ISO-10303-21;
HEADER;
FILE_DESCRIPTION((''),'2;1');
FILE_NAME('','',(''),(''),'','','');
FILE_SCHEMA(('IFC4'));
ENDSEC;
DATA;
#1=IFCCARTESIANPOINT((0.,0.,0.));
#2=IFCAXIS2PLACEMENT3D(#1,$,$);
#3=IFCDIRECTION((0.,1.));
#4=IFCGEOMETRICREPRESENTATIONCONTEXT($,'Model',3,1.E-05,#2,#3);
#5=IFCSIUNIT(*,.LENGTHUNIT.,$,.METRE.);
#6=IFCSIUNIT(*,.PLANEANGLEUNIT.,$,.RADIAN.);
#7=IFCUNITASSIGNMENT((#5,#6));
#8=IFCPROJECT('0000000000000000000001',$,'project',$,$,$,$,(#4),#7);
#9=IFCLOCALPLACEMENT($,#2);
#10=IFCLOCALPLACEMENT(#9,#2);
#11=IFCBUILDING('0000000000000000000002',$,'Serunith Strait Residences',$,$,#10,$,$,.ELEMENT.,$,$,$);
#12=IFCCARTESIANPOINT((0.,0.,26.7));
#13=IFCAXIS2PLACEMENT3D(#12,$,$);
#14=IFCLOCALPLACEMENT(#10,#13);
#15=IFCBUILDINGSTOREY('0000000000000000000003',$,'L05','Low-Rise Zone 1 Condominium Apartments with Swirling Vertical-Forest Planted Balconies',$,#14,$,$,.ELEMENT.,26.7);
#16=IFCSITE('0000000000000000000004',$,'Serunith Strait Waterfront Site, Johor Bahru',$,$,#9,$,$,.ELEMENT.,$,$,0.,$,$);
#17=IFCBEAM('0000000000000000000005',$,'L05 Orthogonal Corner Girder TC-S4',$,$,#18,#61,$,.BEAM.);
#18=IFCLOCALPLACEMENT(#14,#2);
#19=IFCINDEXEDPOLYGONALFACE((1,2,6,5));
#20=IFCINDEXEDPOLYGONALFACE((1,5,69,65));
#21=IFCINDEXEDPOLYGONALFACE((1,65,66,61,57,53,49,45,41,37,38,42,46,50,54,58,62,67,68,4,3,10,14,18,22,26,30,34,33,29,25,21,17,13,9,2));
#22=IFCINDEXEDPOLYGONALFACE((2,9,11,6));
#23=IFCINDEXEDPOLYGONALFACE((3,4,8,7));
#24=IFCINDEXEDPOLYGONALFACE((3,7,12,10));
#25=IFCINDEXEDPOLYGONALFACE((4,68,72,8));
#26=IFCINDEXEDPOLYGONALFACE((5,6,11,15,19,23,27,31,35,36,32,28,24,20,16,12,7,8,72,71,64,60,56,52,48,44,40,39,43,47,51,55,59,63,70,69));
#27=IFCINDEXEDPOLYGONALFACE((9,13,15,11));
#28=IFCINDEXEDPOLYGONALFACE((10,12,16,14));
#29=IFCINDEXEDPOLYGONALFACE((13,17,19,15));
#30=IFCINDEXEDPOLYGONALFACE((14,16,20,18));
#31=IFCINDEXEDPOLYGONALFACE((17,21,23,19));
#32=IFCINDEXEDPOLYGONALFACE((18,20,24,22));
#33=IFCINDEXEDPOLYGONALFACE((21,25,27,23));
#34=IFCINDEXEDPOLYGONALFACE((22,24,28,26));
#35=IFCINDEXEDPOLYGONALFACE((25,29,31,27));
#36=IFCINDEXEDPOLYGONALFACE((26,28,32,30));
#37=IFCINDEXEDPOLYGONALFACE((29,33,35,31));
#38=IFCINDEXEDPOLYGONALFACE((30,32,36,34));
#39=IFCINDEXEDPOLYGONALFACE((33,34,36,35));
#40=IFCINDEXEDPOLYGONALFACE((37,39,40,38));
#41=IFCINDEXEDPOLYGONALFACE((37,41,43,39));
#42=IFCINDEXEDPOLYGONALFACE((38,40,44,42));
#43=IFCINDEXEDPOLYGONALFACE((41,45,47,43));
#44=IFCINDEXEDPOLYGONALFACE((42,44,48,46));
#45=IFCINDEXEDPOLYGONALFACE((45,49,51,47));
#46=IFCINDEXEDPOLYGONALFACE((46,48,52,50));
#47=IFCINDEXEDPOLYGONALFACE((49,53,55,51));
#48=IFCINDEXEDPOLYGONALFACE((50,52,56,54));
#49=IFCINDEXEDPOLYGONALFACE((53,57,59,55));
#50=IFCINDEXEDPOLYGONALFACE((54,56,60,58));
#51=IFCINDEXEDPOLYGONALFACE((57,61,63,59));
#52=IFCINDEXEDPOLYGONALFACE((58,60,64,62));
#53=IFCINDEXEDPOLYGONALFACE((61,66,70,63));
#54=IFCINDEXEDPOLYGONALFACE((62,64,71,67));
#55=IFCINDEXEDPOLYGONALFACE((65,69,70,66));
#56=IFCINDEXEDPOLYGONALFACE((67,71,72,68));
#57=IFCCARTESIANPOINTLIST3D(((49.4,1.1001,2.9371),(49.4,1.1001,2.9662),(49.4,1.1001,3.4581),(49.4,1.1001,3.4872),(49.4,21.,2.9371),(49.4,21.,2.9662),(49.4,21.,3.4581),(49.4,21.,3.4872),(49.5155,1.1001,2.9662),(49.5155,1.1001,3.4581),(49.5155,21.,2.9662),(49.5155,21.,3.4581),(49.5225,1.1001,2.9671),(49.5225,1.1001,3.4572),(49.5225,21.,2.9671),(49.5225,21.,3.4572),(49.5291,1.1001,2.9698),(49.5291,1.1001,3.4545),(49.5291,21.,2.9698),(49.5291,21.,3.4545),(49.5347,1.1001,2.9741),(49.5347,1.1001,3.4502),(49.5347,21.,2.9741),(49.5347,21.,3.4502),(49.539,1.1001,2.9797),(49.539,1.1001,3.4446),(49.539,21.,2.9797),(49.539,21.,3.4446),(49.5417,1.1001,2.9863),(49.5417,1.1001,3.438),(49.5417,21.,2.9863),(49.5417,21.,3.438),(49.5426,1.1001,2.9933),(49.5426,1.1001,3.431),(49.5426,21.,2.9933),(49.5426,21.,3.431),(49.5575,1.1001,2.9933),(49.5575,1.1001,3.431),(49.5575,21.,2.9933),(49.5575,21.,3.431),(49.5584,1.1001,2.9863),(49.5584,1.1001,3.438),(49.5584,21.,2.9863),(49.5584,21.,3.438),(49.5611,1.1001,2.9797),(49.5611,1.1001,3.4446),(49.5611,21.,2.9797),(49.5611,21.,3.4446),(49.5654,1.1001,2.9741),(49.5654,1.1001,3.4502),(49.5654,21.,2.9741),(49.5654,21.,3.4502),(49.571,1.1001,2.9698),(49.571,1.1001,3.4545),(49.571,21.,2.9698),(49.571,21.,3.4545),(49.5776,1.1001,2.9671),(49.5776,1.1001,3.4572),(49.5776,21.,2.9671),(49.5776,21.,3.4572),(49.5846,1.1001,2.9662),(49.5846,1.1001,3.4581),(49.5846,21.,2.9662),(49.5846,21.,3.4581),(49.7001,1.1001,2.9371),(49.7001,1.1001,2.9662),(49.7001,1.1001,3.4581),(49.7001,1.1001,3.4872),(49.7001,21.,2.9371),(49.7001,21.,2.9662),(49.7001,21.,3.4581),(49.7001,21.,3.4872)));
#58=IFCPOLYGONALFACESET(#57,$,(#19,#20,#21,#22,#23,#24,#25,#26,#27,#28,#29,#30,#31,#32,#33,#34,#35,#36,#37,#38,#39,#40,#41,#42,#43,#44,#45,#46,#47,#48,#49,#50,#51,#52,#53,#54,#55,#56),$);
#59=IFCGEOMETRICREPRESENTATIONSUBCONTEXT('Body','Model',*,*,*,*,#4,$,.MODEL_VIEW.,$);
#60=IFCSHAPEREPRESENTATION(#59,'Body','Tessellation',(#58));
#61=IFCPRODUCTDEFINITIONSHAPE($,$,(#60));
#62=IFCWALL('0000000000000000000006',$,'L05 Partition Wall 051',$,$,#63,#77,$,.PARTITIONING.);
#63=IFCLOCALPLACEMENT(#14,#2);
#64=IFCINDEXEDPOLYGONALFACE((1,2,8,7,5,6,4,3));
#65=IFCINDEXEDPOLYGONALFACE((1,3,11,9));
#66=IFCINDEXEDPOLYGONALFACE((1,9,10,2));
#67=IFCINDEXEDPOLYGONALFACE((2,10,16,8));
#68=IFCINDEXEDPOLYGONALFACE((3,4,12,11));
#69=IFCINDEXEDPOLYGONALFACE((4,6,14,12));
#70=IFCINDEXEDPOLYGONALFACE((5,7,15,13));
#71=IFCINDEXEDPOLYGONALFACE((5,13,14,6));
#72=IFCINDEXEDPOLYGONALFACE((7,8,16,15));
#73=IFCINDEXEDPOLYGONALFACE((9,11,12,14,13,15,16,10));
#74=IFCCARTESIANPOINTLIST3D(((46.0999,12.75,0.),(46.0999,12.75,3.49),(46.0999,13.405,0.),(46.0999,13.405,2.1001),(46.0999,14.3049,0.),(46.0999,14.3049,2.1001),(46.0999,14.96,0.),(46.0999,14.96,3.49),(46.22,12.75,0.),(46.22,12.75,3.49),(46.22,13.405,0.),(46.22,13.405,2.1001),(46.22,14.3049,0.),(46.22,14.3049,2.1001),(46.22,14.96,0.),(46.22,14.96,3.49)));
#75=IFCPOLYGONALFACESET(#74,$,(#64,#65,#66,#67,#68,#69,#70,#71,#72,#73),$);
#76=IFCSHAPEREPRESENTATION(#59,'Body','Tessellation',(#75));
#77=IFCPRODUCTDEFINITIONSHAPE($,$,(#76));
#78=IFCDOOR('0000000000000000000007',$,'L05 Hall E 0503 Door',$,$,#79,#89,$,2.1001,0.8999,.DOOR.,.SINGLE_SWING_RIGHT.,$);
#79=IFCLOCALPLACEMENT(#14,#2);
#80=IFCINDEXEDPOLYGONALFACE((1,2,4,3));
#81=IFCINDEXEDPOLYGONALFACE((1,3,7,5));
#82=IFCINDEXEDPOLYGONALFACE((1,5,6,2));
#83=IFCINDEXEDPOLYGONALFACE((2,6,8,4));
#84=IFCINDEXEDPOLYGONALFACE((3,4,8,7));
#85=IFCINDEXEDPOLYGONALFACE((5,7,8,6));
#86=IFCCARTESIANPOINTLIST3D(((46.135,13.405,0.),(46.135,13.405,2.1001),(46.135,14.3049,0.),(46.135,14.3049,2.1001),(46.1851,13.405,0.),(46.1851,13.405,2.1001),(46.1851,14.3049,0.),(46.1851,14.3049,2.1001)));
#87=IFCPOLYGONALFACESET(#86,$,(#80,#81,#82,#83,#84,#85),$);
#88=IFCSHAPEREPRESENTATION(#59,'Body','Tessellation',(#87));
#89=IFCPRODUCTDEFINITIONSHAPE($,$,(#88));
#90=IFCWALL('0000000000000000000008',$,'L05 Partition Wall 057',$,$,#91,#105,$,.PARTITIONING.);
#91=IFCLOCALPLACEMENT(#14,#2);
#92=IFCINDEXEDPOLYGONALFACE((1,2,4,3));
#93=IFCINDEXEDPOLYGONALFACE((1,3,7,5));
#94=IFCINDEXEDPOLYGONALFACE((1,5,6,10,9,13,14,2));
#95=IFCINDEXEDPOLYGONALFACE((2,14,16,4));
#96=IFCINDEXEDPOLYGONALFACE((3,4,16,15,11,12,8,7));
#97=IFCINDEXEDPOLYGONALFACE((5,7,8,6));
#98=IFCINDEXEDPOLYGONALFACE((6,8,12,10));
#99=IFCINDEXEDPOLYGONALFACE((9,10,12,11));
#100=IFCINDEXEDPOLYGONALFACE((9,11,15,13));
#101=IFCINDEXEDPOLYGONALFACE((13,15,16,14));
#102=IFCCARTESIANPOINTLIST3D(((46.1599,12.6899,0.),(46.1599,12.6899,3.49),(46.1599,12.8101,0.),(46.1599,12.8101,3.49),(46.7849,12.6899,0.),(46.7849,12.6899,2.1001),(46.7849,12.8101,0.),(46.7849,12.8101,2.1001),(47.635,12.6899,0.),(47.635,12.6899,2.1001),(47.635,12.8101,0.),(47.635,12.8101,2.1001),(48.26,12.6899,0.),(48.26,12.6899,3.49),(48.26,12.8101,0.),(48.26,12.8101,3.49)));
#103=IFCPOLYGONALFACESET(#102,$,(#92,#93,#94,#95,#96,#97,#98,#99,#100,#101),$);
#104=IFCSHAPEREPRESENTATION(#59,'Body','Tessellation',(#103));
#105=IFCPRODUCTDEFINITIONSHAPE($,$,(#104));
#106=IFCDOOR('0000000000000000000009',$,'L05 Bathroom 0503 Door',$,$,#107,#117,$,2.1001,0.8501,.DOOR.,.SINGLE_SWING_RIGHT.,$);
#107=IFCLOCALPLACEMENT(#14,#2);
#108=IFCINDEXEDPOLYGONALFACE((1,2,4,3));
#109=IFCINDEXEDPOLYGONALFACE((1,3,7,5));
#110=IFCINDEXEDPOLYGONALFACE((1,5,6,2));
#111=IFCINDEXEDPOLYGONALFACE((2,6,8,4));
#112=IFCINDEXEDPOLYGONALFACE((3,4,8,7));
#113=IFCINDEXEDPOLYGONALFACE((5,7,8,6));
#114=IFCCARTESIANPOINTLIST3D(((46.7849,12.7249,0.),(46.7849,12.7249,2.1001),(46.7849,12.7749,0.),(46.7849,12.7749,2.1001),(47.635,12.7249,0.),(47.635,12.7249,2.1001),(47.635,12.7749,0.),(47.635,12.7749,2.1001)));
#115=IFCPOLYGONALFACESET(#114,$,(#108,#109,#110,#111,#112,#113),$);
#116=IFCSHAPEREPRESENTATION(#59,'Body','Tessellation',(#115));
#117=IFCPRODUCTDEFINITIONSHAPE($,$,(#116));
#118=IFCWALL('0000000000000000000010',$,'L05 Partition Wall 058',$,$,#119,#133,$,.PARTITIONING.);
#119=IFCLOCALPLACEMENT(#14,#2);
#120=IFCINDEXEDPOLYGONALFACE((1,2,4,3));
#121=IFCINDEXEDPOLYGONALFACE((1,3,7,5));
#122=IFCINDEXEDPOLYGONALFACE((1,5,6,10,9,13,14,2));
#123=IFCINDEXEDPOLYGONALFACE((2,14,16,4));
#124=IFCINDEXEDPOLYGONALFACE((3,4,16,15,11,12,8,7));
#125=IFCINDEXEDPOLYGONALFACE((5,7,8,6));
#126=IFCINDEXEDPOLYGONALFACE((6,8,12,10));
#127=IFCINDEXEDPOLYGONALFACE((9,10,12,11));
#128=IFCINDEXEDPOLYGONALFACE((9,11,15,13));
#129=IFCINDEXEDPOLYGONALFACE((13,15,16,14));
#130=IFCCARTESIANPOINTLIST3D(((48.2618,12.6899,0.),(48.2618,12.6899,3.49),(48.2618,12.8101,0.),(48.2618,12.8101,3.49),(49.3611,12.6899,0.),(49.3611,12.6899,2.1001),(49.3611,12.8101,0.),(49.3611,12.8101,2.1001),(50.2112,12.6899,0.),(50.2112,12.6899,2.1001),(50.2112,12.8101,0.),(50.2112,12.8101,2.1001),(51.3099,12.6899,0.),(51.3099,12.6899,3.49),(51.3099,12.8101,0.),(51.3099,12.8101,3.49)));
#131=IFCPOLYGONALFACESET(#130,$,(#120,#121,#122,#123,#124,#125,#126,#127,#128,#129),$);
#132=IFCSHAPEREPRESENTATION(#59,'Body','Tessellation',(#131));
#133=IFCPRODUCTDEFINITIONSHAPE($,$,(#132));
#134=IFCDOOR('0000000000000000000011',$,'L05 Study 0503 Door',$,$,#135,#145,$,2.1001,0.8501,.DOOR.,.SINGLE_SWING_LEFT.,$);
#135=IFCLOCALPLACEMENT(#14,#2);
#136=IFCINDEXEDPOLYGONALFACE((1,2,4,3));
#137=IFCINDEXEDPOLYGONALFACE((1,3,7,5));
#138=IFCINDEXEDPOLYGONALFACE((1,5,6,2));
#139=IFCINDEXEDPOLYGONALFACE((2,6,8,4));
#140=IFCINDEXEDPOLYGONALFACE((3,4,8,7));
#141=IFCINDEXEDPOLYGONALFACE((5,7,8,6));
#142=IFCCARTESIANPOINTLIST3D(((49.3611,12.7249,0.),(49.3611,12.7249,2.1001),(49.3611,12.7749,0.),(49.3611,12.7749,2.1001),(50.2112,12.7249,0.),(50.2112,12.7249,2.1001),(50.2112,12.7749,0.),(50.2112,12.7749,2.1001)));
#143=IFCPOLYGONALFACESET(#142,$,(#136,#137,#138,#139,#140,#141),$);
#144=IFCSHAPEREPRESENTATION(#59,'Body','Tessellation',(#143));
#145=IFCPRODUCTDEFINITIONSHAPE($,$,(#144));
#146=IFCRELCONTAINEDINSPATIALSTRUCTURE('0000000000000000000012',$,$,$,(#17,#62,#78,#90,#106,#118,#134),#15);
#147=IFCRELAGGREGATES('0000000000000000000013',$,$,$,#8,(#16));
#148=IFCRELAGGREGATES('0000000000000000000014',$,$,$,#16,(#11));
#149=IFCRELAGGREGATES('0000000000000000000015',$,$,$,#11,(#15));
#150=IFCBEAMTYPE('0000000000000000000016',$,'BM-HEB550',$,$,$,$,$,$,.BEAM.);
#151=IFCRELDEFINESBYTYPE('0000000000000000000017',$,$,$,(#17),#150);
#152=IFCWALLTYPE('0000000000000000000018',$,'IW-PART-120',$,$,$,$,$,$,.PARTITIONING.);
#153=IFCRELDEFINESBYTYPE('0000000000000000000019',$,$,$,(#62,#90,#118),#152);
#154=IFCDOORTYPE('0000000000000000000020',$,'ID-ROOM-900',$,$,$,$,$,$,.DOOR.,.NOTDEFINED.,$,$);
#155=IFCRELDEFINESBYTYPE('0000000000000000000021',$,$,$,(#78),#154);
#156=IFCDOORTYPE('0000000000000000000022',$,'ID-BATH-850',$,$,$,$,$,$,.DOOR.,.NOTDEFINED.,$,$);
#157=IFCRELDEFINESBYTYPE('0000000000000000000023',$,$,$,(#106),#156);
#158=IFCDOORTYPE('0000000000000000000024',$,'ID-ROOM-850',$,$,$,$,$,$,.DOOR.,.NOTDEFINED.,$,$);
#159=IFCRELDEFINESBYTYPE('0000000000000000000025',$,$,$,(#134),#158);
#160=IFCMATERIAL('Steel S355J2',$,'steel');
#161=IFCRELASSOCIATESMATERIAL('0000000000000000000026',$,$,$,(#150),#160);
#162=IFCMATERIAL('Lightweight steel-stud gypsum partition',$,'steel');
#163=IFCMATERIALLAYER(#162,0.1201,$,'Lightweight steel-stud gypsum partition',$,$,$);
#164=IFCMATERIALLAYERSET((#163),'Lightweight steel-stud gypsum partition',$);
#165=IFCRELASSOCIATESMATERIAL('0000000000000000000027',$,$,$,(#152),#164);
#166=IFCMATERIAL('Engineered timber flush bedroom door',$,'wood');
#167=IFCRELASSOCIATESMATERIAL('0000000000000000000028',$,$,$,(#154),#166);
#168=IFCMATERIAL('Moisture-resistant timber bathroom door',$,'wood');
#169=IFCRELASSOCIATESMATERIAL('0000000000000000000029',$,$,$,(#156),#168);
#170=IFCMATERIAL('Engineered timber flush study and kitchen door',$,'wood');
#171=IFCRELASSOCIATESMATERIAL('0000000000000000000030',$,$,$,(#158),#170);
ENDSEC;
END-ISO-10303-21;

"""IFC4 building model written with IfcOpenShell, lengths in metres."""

from ifc_helpers import new_model, si_unit, direction, frame, frame_2d, origin, origin_2d, place, context, subcontext, project, spatial, rectangle, i_section, extrude, source, transform, mapped, material, layer, layer_set, material_profile, profile_set, type_object, element, fill, save


model = new_model("IFC4")

# Units and contexts
model_context = context("Model", 3, precision=1e-05, world=origin(), true_north=direction((0.0, 1.0)))
body_context = subcontext(model_context, "Body", "Model", "MODEL_VIEW")
ifc_project = project(units=[si_unit("LENGTHUNIT", "METRE"), si_unit("PLANEANGLEUNIT", "RADIAN")], contexts=[model_context])

# Site, building, storey
site_placement = place(None, origin())
site = spatial("IfcSite", under=ifc_project, at=site_placement, Name="Serunith Strait Waterfront Site, Johor Bahru", CompositionType="ELEMENT", RefElevation=0.0)
building_placement = place(site_placement, origin())
building = spatial("IfcBuilding", under=site, at=building_placement, Name="Serunith Strait Residences", CompositionType="ELEMENT")
storey_placement = place(building_placement, frame((0.0, 0.0, 26.7)))
storey = spatial("IfcBuildingStorey", under=building, at=storey_placement, Name="L05", Description="Low-Rise Zone 1 Condominium Apartments with Swirling Vertical-Forest Planted Balconies", CompositionType="ELEMENT", Elevation=26.7)

# Beam
ifc_material_1 = material(Name="Steel S355J2", Category="steel")
ifc_material_profile = material_profile(ifc_material_1, i_section(OverallWidth=0.3, OverallDepth=0.55, WebThickness=0.0149, FlangeThickness=0.0291, FilletRadius=0.0271, at=origin_2d()), Name="HEB 550")
ifc_profile_set = profile_set([ifc_material_profile], Name="Steel S355J2")
beam_type = type_object("IfcBeamType", Name="BM-HEB550", PredefinedType="BEAM", material=ifc_profile_set)
shared_shape_1 = source(origin(), body_context, "Body", "SweptSolid", [
    extrude(i_section(OverallWidth=0.3, OverallDepth=0.55, WebThickness=0.0149, FlangeThickness=0.0291, FilletRadius=0.0271, at=origin_2d()), origin(), (0.0, 0.0, 1.0), 19.8999),
])
beam_placement = place(storey_placement, frame((49.55, 21.0, 3.2122), z_axis=(0.0, -1.0, 0.0), x_axis=(1.0, 0.0, 0.0)))
element("IfcBeam", 1, at=beam_placement, inside=storey, type_object=beam_type, Name="L05 Orthogonal Corner Girder TC-S4", PredefinedType="BEAM", context=body_context, shape_type="MappedRepresentation", body=[
    mapped(shared_shape_1, transform((0.0, 0.0, 0.0), scale=1.0)),
])

# Walls, openings, doors
ifc_material_2 = material(Name="Lightweight steel-stud gypsum partition", Category="steel")
ifc_layer = layer(ifc_material_2, 0.1201, Name="Lightweight steel-stud gypsum partition")
ifc_layer_set = layer_set([ifc_layer], Name="Lightweight steel-stud gypsum partition")
wall_type = type_object("IfcWallType", Name="IW-PART-120", PredefinedType="PARTITIONING", material=ifc_layer_set)
wall_1_placement = place(storey_placement, frame((46.1599, 12.75, 0.0), z_axis=(0.0, 0.0, 1.0), x_axis=(0.0, 1.0, 0.0)))
wall_1 = element("IfcWall", 2, at=wall_1_placement, inside=storey, type_object=wall_type, Name="L05 Partition Wall 051", PredefinedType="PARTITIONING", context=body_context, shape_type="SweptSolid", body=[
    extrude(rectangle(XDim=2.21, YDim=0.1201, at=frame_2d((1.105, 0.0))), origin(), (0.0, 0.0, 1.0), 3.49),
])
opening_1_placement = place(wall_1_placement, frame((0.655, 0.0, 0.0)))
opening_1 = element("IfcOpeningElement", 3, at=opening_1_placement, cuts=wall_1, PredefinedType="OPENING", context=body_context, shape_type="SweptSolid", body=[
    extrude(rectangle(XDim=0.8999, YDim=2.1001, at=frame_2d((0.45, 1.05))), frame((0.0, 0.0701, 0.0), z_axis=(0.0, -1.0, 0.0), x_axis=(1.0, 0.0, 0.0)), (0.0, 0.0, 1.0), 0.1401),
])
ifc_material_3 = material(Name="Engineered timber flush bedroom door", Category="wood")
door_type_1 = type_object("IfcDoorType", Name="ID-ROOM-900", OperationType="NOTDEFINED", PredefinedType="DOOR", material=ifc_material_3)
shared_shape_2 = source(origin(), body_context, "Body", "SweptSolid", [
    extrude(rectangle(XDim=0.8999, YDim=2.1001, at=frame_2d((0.45, 1.05))), frame((0.0, 0.0249, 0.0), z_axis=(0.0, -1.0, 0.0), x_axis=(1.0, 0.0, 0.0)), (0.0, 0.0, 1.0), 0.05),
])
door_1_placement = place(opening_1_placement, origin())
door_1 = element("IfcDoor", 4, at=door_1_placement, inside=storey, type_object=door_type_1, Name="L05 Hall E 0503 Door", OperationType="SINGLE_SWING_RIGHT", OverallHeight=2.1001, OverallWidth=0.8999, PredefinedType="DOOR", context=body_context, shape_type="MappedRepresentation", body=[
    mapped(shared_shape_2, transform((0.0, 0.0, 0.0), scale=1.0)),
])
fill(opening_1, door_1)
wall_2_placement = place(storey_placement, frame((46.1599, 12.75, 0.0), z_axis=(0.0, 0.0, 1.0), x_axis=(1.0, 0.0, 0.0)))
wall_2 = element("IfcWall", 5, at=wall_2_placement, inside=storey, type_object=wall_type, Name="L05 Partition Wall 057", PredefinedType="PARTITIONING", context=body_context, shape_type="SweptSolid", body=[
    extrude(rectangle(XDim=2.1001, YDim=0.1201, at=frame_2d((1.05, 0.0))), origin(), (0.0, 0.0, 1.0), 3.49),
])
opening_2_placement = place(wall_2_placement, frame((0.625, 0.0, 0.0)))
opening_2 = element("IfcOpeningElement", 6, at=opening_2_placement, cuts=wall_2, PredefinedType="OPENING", context=body_context, shape_type="SweptSolid", body=[
    extrude(rectangle(XDim=0.8501, YDim=2.1001, at=frame_2d((0.425, 1.05))), frame((0.0, 0.0701, 0.0), z_axis=(0.0, -1.0, 0.0), x_axis=(1.0, 0.0, 0.0)), (0.0, 0.0, 1.0), 0.1401),
])
ifc_material_4 = material(Name="Moisture-resistant timber bathroom door", Category="wood")
door_type_2 = type_object("IfcDoorType", Name="ID-BATH-850", OperationType="NOTDEFINED", PredefinedType="DOOR", material=ifc_material_4)
shared_shape_3 = source(origin(), body_context, "Body", "SweptSolid", [
    extrude(rectangle(XDim=0.8501, YDim=2.1001, at=frame_2d((0.425, 1.05))), frame((0.0, 0.0249, 0.0), z_axis=(0.0, -1.0, 0.0), x_axis=(1.0, 0.0, 0.0)), (0.0, 0.0, 1.0), 0.05),
])
door_2_placement = place(opening_2_placement, origin())
door_2 = element("IfcDoor", 7, at=door_2_placement, inside=storey, type_object=door_type_2, Name="L05 Bathroom 0503 Door", OperationType="SINGLE_SWING_RIGHT", OverallHeight=2.1001, OverallWidth=0.8501, PredefinedType="DOOR", context=body_context, shape_type="MappedRepresentation", body=[
    mapped(shared_shape_3, transform((0.0, 0.0, 0.0), scale=1.0)),
])
fill(opening_2, door_2)
wall_3_placement = place(storey_placement, frame((48.262, 12.75, 0.0), z_axis=(0.0, 0.0, 1.0), x_axis=(1.0, 0.0, 0.0)))
wall_3 = element("IfcWall", 8, at=wall_3_placement, inside=storey, type_object=wall_type, Name="L05 Partition Wall 058", PredefinedType="PARTITIONING", context=body_context, shape_type="SweptSolid", body=[
    extrude(rectangle(XDim=3.0481, YDim=0.1201, at=frame_2d((1.5239, 0.0))), origin(), (0.0, 0.0, 1.0), 3.49),
])
opening_3_placement = place(wall_3_placement, frame((1.0991, 0.0, 0.0)))
opening_3 = element("IfcOpeningElement", 9, at=opening_3_placement, cuts=wall_3, PredefinedType="OPENING", context=body_context, shape_type="SweptSolid", body=[
    extrude(rectangle(XDim=0.8501, YDim=2.1001, at=frame_2d((0.425, 1.05))), frame((0.0, 0.0701, 0.0), z_axis=(0.0, -1.0, 0.0), x_axis=(1.0, 0.0, 0.0)), (0.0, 0.0, 1.0), 0.1401),
])
ifc_material_5 = material(Name="Engineered timber flush study and kitchen door", Category="wood")
door_type_3 = type_object("IfcDoorType", Name="ID-ROOM-850", OperationType="NOTDEFINED", PredefinedType="DOOR", material=ifc_material_5)
door_3_placement = place(opening_3_placement, origin())
door_3 = element("IfcDoor", 10, at=door_3_placement, inside=storey, type_object=door_type_3, Name="L05 Study 0503 Door", OperationType="SINGLE_SWING_LEFT", OverallHeight=2.1001, OverallWidth=0.8501, PredefinedType="DOOR", context=body_context, shape_type="MappedRepresentation", body=[
    mapped(shared_shape_3, transform((0.0, 0.0, 0.0), scale=1.0)),
])
fill(opening_3, door_3)

save(model, "model.ifc")
